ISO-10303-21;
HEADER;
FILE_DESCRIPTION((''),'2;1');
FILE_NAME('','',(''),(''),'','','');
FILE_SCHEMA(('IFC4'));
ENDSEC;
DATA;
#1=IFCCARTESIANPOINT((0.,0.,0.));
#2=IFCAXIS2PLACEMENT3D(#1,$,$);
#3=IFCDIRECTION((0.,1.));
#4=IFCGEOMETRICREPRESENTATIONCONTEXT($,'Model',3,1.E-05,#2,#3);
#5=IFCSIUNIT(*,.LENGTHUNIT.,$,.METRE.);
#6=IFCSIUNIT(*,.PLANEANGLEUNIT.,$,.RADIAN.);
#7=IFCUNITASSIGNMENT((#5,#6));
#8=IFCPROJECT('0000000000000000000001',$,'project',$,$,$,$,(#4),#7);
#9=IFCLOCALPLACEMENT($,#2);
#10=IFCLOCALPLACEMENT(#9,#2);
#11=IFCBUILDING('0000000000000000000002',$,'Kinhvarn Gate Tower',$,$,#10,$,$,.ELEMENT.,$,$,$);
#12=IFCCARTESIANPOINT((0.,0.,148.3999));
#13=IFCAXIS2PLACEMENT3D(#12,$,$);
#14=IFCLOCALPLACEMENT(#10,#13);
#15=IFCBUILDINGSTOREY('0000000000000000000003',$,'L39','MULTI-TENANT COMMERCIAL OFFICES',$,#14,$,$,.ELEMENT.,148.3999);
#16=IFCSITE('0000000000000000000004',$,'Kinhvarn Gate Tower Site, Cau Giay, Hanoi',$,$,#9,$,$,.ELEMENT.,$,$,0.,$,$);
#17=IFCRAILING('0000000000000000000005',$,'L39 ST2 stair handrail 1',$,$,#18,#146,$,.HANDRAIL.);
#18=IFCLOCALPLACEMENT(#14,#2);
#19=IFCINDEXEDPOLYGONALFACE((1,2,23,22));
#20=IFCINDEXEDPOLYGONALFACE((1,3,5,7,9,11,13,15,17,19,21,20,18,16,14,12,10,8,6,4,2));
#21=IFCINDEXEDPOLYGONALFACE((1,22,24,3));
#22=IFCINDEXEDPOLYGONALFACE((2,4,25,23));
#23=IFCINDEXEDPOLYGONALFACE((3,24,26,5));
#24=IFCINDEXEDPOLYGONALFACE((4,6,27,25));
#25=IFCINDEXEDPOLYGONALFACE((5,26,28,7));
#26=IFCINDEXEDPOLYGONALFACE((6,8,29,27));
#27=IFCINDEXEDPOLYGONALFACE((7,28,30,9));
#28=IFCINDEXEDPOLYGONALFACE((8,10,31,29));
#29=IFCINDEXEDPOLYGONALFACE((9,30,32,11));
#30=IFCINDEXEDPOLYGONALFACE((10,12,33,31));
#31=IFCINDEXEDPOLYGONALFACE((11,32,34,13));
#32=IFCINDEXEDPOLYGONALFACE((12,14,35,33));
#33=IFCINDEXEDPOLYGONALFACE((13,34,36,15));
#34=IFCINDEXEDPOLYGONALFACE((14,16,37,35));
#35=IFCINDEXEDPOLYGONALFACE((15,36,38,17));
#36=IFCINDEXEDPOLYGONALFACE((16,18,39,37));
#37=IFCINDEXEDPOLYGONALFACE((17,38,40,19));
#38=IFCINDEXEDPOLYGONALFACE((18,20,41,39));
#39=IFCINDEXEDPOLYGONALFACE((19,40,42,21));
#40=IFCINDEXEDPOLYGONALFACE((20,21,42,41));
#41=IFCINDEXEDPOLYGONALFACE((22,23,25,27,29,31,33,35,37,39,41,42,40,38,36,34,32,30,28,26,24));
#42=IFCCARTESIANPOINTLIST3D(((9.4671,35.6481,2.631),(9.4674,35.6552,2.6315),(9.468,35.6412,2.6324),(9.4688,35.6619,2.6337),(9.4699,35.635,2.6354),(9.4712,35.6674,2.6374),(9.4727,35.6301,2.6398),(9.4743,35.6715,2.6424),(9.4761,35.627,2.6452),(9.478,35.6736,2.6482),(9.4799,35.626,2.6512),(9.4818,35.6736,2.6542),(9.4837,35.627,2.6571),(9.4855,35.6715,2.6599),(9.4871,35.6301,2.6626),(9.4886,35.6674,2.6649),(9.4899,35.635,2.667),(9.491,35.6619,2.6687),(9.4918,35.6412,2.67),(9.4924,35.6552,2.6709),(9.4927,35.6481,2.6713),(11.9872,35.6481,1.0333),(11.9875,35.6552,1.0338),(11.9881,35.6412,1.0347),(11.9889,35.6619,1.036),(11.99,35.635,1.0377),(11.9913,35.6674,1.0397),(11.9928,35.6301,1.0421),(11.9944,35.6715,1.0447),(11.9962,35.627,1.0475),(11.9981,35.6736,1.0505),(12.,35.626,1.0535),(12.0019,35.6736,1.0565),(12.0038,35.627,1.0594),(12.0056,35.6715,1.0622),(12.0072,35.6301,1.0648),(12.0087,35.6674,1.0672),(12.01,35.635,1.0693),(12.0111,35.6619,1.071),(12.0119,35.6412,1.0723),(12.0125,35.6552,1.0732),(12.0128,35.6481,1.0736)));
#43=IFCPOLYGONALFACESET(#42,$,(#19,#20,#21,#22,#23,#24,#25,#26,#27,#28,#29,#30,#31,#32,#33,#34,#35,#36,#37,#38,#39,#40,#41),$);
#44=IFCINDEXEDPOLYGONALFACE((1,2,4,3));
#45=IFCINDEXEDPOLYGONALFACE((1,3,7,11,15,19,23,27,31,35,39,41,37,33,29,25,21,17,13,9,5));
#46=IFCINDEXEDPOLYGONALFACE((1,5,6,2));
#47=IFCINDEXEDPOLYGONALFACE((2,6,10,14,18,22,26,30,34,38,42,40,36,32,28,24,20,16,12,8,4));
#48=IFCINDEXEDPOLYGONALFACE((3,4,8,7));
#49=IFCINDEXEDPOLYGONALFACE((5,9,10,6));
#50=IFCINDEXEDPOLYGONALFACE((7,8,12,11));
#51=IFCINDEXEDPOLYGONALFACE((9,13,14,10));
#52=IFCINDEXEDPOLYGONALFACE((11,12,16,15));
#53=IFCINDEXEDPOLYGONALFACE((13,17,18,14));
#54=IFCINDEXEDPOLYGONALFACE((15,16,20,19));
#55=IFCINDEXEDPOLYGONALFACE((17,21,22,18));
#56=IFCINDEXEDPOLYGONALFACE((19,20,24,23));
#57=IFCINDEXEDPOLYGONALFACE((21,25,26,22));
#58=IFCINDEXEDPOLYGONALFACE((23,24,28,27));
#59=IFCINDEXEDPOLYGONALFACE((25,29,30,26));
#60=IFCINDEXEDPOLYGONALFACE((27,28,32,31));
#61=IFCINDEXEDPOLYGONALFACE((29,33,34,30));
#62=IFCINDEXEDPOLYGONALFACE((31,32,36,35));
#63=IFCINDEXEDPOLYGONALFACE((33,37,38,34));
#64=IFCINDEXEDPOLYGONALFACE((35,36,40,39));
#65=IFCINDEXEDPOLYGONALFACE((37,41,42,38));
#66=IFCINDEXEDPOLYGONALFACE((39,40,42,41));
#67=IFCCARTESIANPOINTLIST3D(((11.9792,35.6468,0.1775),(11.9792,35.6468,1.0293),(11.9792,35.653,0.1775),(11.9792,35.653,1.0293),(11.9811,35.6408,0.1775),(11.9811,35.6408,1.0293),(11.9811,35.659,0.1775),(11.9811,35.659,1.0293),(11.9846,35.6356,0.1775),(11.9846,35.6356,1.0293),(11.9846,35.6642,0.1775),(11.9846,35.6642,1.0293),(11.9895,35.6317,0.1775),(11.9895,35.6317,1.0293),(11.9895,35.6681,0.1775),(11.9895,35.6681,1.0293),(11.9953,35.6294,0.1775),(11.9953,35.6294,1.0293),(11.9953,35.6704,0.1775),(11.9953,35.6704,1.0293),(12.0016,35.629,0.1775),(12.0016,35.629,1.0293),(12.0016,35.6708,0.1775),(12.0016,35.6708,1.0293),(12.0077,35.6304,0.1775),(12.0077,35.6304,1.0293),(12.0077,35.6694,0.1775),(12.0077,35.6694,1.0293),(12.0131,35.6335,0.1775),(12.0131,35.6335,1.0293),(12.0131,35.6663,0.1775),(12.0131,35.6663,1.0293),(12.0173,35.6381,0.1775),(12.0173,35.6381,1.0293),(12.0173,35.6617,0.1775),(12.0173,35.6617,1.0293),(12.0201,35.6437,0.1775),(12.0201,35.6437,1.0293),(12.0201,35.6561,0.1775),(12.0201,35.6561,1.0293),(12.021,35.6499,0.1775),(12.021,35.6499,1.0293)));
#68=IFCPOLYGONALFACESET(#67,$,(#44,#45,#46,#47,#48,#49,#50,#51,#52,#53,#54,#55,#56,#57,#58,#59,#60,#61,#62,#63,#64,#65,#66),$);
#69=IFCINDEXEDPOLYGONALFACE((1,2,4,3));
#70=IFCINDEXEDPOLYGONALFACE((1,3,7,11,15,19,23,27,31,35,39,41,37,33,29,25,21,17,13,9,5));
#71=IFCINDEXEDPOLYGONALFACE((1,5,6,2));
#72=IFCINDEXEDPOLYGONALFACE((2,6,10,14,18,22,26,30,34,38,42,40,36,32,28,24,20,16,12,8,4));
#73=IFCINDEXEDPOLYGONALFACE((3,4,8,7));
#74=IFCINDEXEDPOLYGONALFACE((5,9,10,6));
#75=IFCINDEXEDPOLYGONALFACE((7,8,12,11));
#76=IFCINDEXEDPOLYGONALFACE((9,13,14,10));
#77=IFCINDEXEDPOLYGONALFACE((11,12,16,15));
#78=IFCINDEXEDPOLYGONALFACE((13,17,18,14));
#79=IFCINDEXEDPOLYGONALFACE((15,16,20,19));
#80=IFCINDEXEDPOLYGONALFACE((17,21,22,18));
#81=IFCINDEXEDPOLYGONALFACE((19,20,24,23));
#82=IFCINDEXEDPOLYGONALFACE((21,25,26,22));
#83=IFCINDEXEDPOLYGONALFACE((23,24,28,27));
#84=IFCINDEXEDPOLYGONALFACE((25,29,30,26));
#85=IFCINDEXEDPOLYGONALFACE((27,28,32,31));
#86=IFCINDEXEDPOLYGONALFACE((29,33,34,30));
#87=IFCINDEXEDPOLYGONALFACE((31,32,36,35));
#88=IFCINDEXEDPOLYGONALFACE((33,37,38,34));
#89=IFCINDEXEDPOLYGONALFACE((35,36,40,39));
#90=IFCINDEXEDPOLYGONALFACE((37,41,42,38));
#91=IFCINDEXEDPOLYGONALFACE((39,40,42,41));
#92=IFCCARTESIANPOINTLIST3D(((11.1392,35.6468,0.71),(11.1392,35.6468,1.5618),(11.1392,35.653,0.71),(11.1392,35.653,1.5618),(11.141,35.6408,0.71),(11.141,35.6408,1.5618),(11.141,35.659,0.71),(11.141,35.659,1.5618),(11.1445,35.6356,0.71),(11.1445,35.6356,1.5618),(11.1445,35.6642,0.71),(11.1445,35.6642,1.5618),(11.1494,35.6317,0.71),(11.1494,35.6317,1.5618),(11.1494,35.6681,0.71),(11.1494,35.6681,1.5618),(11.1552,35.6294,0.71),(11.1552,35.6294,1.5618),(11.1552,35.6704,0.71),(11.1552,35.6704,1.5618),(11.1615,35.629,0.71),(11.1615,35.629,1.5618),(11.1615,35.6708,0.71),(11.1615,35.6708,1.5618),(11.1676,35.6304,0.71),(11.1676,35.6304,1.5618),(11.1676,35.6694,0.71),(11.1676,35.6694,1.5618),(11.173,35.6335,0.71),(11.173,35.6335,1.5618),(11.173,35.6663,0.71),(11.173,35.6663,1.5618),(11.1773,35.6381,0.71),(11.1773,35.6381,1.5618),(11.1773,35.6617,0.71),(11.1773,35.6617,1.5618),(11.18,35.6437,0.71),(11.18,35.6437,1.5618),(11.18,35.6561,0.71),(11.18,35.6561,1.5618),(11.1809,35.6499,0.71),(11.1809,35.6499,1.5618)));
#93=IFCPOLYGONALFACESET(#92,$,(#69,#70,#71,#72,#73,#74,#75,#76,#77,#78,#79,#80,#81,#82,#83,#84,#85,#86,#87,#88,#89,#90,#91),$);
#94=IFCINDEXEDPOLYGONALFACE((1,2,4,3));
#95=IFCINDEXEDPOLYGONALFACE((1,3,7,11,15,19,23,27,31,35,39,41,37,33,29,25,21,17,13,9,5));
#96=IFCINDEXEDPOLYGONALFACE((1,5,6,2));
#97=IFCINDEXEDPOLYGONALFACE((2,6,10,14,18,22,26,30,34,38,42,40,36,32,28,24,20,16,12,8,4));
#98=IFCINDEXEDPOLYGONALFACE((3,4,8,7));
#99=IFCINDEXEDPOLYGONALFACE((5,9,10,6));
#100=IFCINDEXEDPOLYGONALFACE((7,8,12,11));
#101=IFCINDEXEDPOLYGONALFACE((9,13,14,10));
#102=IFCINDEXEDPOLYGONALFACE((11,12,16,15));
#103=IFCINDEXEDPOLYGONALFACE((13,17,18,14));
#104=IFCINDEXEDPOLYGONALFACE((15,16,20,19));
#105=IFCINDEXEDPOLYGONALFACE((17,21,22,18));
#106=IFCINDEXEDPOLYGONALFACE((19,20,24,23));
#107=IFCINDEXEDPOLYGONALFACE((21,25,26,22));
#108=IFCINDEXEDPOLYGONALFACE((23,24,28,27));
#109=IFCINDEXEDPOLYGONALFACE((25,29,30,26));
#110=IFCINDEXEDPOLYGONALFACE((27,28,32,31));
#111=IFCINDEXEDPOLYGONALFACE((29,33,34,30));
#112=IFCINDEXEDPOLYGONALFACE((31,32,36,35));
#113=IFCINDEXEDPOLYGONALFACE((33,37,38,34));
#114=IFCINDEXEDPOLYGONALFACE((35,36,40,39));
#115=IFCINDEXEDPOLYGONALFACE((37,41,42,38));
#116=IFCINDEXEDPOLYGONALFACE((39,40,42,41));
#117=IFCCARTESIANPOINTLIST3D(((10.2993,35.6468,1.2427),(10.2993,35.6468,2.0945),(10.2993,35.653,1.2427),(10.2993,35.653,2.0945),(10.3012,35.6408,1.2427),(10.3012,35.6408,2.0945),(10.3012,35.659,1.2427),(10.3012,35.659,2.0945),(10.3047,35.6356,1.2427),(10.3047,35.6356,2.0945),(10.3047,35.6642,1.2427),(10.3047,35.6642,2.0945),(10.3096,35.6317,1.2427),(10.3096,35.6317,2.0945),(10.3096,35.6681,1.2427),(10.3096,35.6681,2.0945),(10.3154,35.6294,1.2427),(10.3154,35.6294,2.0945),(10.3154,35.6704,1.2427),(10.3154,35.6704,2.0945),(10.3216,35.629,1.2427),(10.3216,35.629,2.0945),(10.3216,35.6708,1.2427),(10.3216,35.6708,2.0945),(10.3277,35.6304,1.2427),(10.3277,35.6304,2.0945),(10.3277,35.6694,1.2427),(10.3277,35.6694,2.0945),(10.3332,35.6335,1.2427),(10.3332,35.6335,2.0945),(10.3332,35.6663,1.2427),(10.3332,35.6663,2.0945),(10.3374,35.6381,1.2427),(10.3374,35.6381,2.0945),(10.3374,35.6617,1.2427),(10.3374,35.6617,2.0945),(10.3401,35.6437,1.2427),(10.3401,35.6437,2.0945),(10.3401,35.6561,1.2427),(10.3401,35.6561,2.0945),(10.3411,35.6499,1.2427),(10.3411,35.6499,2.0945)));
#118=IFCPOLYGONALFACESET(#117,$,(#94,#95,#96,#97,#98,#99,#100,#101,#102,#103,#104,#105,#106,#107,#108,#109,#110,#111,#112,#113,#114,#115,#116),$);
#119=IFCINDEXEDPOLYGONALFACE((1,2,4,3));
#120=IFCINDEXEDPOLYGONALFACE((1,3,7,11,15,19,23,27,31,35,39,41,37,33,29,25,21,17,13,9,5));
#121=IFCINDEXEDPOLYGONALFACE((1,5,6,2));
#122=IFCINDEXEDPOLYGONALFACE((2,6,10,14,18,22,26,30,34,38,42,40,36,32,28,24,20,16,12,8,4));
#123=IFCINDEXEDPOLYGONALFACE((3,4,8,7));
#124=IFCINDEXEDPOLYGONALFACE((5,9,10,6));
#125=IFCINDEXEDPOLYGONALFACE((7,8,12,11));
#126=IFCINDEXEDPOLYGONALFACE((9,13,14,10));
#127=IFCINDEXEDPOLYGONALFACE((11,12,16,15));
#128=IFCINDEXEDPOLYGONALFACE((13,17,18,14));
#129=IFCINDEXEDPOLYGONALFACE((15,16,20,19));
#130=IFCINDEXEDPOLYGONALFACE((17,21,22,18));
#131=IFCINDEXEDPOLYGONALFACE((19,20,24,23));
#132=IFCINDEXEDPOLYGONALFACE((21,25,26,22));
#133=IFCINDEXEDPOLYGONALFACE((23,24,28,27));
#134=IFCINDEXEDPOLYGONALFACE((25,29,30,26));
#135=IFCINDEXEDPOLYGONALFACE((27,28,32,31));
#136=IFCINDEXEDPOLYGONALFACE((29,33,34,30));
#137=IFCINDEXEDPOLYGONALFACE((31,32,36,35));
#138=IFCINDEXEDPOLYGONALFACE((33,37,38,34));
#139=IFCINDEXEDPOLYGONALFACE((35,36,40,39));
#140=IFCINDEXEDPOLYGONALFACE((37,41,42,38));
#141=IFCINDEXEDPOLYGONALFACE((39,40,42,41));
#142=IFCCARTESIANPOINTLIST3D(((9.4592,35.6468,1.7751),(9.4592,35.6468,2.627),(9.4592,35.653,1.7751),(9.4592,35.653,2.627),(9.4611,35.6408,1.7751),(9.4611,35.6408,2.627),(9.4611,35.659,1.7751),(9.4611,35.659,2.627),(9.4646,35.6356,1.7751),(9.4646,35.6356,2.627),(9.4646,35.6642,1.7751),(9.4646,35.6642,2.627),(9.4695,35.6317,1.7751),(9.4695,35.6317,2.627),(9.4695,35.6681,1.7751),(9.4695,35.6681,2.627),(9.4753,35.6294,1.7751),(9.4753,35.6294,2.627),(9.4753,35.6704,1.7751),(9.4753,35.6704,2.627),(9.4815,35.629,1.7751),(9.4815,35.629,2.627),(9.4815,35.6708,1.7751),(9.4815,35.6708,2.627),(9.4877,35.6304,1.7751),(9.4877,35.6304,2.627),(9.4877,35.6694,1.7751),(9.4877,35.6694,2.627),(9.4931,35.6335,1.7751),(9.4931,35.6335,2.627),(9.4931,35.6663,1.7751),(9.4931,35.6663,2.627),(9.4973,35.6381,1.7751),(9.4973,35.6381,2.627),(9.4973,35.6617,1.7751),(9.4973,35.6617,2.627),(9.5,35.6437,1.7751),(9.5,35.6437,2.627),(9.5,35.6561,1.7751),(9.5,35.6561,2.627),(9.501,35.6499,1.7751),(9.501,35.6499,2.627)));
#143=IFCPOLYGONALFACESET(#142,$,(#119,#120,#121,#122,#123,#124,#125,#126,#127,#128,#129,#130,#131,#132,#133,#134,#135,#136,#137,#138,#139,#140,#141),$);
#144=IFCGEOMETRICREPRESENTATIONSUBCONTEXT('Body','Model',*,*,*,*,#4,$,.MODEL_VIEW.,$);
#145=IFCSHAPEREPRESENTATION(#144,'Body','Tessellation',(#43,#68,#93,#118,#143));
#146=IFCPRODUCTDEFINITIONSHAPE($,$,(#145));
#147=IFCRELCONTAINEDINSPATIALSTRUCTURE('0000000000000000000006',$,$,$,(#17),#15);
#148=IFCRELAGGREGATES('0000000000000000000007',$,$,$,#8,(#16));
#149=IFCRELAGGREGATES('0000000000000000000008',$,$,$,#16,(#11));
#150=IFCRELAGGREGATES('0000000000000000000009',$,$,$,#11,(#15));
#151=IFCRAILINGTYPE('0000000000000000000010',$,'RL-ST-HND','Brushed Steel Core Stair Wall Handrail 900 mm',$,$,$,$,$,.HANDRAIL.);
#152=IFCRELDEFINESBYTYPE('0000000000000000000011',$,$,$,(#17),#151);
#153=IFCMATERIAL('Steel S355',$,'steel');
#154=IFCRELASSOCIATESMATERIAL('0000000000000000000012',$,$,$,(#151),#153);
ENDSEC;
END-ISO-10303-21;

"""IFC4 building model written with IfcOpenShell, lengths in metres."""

from ifc_helpers import new_model, si_unit, direction, frame, origin, origin_2d, place, context, subcontext, project, spatial, circle, extrude, material, type_object, element, save


model = new_model("IFC4")

# Units and contexts
model_context = context("Model", 3, precision=1e-05, world=origin(), true_north=direction((0.0, 1.0)))
body_context = subcontext(model_context, "Body", "Model", "MODEL_VIEW")
ifc_project = project(units=[si_unit("LENGTHUNIT", "METRE"), si_unit("PLANEANGLEUNIT", "RADIAN")], contexts=[model_context])

# Site, building, storey
site_placement = place(None, origin())
site = spatial("IfcSite", under=ifc_project, at=site_placement, Name="Kinhvarn Gate Tower Site, Cau Giay, Hanoi", CompositionType="ELEMENT", RefElevation=0.0)
building_placement = place(site_placement, origin())
building = spatial("IfcBuilding", under=site, at=building_placement, Name="Kinhvarn Gate Tower", CompositionType="ELEMENT")
storey_placement = place(building_placement, frame((0.0, 0.0, 148.3999)))
storey = spatial("IfcBuildingStorey", under=building, at=storey_placement, Name="L39", Description="MULTI-TENANT COMMERCIAL OFFICES", CompositionType="ELEMENT", Elevation=148.3999)

# Shared definitions
ifc_material_1 = material(Name="Steel S355", Category="steel")

# Railing
railing_type_1 = type_object("IfcRailingType", Name="RL-ST-HND", Description="Brushed Steel Core Stair Wall Handrail 900 mm", PredefinedType="HANDRAIL", material=ifc_material_1)
railing_1_placement = place(storey_placement, frame((12.0, 35.6499, 0.1775)))
element("IfcRailing", 1, at=railing_1_placement, inside=storey, type_object=railing_type_1, Name="L39 ST2 stair handrail 1", PredefinedType="HANDRAIL", context=body_context, shape_type="SweptSolid", body=[
    extrude(circle(Radius=0.0239, at=origin_2d()), frame((0.0, 0.0, 0.876), z_axis=(-0.84457, 0.0, 0.535445), x_axis=(0.0, -1.0, 0.0)), (0.0, 0.0, 1.0), 2.9839),
    extrude(circle(Radius=0.021, at=origin_2d()), origin(), (0.0, 0.0, 1.0), 0.8518),
    extrude(circle(Radius=0.021, at=origin_2d()), frame((-0.8401, 0.0, 0.5325)), (0.0, 0.0, 1.0), 0.8518),
    extrude(circle(Radius=0.021, at=origin_2d()), frame((-1.6799, 0.0, 1.0652)), (0.0, 0.0, 1.0), 0.8518),
    extrude(circle(Radius=0.021, at=origin_2d()), frame((-2.52, 0.0, 1.5977)), (0.0, 0.0, 1.0), 0.8518),
])

save(model, "model.ifc")
